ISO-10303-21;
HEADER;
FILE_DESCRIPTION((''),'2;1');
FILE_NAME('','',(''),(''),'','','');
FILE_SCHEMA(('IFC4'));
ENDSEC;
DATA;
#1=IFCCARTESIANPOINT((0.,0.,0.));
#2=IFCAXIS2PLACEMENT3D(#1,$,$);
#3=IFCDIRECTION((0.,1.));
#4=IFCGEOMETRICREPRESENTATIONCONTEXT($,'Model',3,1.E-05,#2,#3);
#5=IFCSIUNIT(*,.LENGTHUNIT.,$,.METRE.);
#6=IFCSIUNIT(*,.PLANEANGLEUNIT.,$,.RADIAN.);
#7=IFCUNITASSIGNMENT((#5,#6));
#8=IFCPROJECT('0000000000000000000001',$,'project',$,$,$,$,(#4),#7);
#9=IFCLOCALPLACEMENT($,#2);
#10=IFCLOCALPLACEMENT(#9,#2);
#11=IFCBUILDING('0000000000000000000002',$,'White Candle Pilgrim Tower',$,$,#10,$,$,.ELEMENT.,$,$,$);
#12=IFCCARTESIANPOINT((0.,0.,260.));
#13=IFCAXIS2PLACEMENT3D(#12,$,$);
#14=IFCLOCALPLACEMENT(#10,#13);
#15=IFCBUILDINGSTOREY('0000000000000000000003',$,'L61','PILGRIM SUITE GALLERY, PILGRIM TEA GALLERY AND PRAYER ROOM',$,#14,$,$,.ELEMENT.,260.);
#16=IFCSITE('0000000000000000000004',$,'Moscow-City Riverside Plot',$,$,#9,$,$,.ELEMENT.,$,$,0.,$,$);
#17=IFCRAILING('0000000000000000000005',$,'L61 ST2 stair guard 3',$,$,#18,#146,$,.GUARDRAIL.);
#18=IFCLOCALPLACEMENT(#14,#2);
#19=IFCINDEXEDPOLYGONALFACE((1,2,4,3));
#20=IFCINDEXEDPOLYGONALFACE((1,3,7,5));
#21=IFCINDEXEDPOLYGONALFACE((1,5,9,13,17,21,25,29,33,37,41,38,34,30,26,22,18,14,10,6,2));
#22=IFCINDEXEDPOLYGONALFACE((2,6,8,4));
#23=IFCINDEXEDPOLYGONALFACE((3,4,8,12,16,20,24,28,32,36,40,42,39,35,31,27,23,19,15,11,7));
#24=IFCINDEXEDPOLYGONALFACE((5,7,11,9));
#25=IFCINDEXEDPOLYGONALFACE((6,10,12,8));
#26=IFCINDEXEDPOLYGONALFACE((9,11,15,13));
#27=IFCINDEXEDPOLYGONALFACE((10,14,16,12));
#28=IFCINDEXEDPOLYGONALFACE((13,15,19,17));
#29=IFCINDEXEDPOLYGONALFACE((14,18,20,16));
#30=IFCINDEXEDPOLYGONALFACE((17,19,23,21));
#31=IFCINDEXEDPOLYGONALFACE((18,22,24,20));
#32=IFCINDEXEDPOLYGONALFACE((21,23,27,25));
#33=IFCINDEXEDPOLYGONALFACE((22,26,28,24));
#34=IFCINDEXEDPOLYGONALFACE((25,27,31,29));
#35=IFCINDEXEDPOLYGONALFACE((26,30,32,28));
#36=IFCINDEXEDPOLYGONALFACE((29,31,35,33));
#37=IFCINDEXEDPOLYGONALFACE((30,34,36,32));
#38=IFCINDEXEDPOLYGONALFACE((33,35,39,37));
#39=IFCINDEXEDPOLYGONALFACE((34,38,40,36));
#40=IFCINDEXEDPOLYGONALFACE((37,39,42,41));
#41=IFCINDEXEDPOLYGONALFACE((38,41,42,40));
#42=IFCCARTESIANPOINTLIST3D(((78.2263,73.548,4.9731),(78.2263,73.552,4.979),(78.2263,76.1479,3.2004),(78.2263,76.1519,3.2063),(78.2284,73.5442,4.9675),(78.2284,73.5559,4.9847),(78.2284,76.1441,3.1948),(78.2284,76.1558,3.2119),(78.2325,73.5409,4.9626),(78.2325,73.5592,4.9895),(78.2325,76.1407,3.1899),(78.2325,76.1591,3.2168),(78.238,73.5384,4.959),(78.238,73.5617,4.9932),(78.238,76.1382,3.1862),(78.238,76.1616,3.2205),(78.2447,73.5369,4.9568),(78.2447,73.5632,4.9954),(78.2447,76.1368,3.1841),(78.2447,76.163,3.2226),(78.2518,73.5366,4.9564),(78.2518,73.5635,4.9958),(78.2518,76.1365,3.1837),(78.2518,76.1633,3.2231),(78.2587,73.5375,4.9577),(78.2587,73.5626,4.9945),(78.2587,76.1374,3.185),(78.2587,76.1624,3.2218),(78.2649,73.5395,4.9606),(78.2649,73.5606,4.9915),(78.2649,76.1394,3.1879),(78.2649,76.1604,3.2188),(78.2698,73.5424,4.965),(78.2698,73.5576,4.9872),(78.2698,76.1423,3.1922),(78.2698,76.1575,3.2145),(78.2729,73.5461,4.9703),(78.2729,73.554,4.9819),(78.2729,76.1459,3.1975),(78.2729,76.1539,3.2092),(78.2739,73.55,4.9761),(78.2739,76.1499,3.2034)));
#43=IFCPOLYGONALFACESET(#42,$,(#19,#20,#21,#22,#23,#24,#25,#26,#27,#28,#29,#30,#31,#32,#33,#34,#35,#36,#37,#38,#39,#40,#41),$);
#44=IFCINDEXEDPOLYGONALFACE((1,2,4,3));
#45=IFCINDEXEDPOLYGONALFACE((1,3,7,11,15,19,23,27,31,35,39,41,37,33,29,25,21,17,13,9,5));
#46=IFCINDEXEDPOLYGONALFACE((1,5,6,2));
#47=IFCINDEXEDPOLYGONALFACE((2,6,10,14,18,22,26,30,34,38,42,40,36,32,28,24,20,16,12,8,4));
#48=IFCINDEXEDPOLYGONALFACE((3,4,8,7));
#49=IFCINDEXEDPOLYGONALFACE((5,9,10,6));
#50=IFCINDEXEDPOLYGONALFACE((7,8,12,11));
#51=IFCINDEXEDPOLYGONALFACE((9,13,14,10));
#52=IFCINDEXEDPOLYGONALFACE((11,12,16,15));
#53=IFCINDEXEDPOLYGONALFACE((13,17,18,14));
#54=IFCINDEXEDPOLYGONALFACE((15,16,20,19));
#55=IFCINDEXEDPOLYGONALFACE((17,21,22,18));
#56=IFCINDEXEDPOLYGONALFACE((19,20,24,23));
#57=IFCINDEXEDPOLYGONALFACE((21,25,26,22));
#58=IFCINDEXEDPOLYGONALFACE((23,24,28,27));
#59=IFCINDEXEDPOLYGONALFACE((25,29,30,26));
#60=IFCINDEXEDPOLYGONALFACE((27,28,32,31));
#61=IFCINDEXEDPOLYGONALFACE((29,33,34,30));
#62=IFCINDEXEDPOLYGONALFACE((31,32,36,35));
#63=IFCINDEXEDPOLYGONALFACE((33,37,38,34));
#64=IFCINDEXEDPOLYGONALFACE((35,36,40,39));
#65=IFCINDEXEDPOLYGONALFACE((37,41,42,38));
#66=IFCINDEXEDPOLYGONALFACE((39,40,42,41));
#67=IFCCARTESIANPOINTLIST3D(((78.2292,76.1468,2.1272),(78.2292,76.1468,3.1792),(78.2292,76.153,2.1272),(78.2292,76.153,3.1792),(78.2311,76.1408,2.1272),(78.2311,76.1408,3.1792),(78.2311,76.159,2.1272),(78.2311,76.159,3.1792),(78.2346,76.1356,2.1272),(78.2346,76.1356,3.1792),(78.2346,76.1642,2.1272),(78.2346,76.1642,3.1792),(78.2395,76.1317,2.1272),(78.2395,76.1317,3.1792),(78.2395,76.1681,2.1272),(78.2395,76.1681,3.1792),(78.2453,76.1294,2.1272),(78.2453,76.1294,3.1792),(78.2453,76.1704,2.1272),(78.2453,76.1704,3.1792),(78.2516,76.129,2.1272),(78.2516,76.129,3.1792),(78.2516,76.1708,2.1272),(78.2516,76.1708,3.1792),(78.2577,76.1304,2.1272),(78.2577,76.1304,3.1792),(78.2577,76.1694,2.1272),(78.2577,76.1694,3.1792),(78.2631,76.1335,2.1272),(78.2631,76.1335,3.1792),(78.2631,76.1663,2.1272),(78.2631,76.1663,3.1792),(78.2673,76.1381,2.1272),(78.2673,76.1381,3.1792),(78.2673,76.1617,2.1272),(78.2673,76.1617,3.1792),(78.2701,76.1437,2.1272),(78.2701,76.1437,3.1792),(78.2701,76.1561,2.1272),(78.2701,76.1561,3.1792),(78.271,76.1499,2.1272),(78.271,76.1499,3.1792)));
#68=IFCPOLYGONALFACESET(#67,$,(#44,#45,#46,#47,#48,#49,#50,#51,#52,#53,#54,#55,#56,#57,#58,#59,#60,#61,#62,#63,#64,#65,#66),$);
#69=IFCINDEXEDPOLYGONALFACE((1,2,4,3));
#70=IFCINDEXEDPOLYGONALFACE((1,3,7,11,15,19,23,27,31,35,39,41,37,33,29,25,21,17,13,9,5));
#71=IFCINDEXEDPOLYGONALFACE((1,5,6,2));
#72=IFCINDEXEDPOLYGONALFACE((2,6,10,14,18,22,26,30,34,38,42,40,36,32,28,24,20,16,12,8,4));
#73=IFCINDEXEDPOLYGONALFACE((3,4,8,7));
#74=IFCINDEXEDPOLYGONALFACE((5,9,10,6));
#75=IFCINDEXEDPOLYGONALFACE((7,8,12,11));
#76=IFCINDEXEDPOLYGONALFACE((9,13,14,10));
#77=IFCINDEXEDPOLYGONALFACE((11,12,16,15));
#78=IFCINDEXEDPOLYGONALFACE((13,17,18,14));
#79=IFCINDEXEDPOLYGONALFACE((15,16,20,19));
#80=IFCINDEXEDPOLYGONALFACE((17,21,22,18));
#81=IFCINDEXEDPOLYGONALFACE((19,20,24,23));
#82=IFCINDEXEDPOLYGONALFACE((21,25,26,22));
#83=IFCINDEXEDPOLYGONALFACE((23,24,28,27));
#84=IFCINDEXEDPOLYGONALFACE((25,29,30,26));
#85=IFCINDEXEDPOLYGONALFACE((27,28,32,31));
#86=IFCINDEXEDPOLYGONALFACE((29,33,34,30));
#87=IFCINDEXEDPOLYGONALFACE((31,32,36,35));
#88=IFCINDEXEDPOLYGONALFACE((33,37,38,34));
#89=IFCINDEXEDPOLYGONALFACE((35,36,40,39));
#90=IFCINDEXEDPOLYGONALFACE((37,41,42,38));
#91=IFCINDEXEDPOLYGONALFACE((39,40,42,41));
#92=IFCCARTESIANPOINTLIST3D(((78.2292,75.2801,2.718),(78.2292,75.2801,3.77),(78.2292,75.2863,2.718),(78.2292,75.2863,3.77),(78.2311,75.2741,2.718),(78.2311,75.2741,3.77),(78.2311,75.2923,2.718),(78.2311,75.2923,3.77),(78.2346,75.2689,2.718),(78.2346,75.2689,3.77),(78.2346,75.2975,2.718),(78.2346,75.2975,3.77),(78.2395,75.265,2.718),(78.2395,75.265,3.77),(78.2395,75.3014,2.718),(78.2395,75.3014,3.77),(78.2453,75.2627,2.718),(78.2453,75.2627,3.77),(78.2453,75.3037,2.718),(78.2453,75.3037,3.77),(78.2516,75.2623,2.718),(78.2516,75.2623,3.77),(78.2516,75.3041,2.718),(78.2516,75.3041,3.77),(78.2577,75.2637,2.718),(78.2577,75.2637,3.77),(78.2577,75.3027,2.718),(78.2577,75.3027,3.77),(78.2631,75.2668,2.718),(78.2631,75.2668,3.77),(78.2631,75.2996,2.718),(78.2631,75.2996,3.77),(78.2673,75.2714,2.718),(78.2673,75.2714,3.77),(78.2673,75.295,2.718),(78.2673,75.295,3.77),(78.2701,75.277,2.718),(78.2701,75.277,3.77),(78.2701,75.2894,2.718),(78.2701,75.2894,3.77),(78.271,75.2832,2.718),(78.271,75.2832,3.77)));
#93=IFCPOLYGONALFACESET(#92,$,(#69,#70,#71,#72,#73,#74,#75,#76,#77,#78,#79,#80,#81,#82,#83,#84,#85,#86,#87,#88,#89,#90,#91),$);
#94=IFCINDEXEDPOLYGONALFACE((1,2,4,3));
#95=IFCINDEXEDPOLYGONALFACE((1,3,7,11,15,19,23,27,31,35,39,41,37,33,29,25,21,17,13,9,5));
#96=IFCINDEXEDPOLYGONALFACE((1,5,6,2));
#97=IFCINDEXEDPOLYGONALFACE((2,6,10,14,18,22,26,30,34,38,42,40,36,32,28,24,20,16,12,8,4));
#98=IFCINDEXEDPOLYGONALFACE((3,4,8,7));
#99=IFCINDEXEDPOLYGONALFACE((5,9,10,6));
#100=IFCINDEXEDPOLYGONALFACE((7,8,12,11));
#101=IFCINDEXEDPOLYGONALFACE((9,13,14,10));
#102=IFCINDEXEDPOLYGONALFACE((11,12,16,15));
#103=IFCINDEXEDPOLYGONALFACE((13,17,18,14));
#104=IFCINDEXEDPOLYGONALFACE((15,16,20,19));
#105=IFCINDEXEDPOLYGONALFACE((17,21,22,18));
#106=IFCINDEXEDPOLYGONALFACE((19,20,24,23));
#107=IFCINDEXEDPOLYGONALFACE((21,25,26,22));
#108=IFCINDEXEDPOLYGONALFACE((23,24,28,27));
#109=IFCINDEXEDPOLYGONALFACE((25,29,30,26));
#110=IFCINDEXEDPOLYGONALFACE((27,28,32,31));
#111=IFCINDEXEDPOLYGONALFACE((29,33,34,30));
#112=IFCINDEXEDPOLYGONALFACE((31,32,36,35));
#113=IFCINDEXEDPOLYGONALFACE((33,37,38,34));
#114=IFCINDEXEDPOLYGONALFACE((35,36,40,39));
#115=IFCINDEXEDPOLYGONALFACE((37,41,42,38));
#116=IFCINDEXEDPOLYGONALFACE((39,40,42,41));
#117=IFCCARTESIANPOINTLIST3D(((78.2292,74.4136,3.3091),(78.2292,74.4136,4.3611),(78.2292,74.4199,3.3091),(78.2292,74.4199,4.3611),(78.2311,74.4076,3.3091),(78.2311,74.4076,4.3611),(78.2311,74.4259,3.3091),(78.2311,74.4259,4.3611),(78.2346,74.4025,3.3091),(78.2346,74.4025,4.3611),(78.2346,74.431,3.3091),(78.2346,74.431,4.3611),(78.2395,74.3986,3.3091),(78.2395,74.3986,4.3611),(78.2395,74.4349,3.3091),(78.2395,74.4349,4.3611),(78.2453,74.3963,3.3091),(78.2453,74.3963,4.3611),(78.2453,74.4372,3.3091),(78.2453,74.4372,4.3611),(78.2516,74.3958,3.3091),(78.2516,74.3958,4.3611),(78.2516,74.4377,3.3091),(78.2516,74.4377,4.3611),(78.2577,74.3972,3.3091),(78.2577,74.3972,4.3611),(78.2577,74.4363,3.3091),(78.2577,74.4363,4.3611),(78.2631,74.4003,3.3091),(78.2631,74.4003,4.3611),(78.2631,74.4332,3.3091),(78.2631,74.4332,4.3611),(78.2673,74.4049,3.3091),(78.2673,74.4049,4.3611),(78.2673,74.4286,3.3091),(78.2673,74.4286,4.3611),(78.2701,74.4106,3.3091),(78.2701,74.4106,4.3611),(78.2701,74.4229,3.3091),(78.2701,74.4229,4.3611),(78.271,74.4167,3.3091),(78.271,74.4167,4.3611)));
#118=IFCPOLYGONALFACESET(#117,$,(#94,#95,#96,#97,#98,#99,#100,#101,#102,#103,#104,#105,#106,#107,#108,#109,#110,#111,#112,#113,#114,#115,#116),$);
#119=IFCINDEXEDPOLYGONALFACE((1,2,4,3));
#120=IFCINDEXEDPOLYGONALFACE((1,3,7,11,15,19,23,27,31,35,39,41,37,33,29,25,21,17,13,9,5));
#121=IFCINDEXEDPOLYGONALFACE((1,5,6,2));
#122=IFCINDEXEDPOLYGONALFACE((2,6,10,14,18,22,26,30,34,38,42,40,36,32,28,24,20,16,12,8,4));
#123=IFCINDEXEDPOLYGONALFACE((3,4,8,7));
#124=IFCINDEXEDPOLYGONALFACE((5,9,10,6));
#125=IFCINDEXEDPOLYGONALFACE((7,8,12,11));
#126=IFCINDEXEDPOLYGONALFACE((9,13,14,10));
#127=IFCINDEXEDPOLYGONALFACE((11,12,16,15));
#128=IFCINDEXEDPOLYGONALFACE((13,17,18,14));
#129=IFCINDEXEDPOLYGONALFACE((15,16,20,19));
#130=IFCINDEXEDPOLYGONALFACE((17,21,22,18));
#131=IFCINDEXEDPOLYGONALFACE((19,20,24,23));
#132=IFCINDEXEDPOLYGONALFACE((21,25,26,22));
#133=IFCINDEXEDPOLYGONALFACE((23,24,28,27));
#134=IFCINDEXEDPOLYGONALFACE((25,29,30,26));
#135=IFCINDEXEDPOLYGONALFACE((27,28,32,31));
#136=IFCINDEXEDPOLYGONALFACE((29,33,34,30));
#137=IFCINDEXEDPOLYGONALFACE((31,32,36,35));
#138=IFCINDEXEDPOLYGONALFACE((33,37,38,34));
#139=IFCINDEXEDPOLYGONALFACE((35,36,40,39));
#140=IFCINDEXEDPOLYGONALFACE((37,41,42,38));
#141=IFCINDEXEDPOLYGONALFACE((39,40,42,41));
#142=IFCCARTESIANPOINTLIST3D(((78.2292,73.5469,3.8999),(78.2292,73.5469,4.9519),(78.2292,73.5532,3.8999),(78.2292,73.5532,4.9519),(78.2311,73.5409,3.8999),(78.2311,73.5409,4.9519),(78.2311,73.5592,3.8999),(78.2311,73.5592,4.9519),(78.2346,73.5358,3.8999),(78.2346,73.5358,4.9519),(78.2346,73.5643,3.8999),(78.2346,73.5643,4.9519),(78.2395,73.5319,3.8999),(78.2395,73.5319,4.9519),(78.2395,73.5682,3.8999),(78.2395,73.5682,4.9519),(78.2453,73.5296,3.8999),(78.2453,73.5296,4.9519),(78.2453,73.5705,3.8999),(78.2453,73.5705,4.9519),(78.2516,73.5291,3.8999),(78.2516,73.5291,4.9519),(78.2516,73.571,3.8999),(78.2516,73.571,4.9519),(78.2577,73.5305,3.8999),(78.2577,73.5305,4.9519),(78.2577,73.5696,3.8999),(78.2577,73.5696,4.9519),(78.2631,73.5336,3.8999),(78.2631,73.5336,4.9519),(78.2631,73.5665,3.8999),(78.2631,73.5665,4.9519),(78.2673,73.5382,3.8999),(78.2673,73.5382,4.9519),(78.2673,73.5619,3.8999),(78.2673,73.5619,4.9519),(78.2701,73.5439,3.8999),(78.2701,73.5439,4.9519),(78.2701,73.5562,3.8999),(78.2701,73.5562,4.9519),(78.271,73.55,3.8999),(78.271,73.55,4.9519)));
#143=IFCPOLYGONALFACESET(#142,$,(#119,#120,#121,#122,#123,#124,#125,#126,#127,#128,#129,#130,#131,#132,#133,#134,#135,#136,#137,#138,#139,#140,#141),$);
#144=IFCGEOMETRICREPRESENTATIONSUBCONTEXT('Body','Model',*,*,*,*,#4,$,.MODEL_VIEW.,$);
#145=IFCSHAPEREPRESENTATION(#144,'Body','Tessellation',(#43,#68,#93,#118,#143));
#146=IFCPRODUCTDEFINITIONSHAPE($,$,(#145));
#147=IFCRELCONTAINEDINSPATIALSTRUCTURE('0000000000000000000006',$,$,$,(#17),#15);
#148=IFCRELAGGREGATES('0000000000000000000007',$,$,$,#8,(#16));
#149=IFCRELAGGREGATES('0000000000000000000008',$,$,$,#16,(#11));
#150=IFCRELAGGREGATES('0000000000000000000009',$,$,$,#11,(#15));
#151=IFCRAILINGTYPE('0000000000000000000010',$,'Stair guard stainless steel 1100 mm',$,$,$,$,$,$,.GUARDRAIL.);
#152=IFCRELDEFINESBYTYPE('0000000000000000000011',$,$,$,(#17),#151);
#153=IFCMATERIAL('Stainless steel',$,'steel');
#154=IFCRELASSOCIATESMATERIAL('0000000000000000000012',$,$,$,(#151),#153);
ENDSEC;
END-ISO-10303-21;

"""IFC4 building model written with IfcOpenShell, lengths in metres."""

from ifc_helpers import new_model, si_unit, direction, frame, origin, origin_2d, place, context, subcontext, project, spatial, circle, extrude, material, type_object, element, save


model = new_model("IFC4")

# Units and contexts
model_context = context("Model", 3, precision=1e-05, world=origin(), true_north=direction((0.0, 1.0)))
body_context = subcontext(model_context, "Body", "Model", "MODEL_VIEW")
ifc_project = project(units=[si_unit("LENGTHUNIT", "METRE"), si_unit("PLANEANGLEUNIT", "RADIAN")], contexts=[model_context])

# Site, building, storey
site_placement = place(None, origin())
site = spatial("IfcSite", under=ifc_project, at=site_placement, Name="Moscow-City Riverside Plot", CompositionType="ELEMENT", RefElevation=0.0)
building_placement = place(site_placement, origin())
building = spatial("IfcBuilding", under=site, at=building_placement, Name="White Candle Pilgrim Tower", CompositionType="ELEMENT")
storey_placement = place(building_placement, frame((0.0, 0.0, 260.0)))
storey = spatial("IfcBuildingStorey", under=building, at=storey_placement, Name="L61", Description="PILGRIM SUITE GALLERY, PILGRIM TEA GALLERY AND PRAYER ROOM", CompositionType="ELEMENT", Elevation=260.0)

# Railing
ifc_material_1 = material(Name="Stainless steel", Category="steel")
railing_type_1 = type_object("IfcRailingType", Name="Stair guard stainless steel 1100 mm", PredefinedType="GUARDRAIL", material=ifc_material_1)
railing_1_placement = place(storey_placement, frame((78.25, 76.1499, 2.1272)))
element("IfcRailing", 1, at=railing_1_placement, inside=storey, type_object=railing_type_1, Name="L61 ST2 stair guard 3", PredefinedType="GUARDRAIL", context=body_context, shape_type="SweptSolid", body=[
    extrude(circle(Radius=0.0239, at=origin_2d()), frame((0.0, 0.0, 1.0762), z_axis=(0.0, -0.826216, 0.563354), x_axis=(1.0, 0.0, 0.0)), (0.0, 0.0, 1.0), 3.1467),
    extrude(circle(Radius=0.021, at=origin_2d()), origin(), (0.0, 0.0, 1.0), 1.052),
    extrude(circle(Radius=0.021, at=origin_2d()), frame((0.0, -0.8667, 0.5908)), (0.0, 0.0, 1.0), 1.052),
    extrude(circle(Radius=0.021, at=origin_2d()), frame((0.0, -1.7332, 1.1819)), (0.0, 0.0, 1.0), 1.052),
    extrude(circle(Radius=0.021, at=origin_2d()), frame((0.0, -2.5999, 1.7727)), (0.0, 0.0, 1.0), 1.052),
])

save(model, "model.ifc")
